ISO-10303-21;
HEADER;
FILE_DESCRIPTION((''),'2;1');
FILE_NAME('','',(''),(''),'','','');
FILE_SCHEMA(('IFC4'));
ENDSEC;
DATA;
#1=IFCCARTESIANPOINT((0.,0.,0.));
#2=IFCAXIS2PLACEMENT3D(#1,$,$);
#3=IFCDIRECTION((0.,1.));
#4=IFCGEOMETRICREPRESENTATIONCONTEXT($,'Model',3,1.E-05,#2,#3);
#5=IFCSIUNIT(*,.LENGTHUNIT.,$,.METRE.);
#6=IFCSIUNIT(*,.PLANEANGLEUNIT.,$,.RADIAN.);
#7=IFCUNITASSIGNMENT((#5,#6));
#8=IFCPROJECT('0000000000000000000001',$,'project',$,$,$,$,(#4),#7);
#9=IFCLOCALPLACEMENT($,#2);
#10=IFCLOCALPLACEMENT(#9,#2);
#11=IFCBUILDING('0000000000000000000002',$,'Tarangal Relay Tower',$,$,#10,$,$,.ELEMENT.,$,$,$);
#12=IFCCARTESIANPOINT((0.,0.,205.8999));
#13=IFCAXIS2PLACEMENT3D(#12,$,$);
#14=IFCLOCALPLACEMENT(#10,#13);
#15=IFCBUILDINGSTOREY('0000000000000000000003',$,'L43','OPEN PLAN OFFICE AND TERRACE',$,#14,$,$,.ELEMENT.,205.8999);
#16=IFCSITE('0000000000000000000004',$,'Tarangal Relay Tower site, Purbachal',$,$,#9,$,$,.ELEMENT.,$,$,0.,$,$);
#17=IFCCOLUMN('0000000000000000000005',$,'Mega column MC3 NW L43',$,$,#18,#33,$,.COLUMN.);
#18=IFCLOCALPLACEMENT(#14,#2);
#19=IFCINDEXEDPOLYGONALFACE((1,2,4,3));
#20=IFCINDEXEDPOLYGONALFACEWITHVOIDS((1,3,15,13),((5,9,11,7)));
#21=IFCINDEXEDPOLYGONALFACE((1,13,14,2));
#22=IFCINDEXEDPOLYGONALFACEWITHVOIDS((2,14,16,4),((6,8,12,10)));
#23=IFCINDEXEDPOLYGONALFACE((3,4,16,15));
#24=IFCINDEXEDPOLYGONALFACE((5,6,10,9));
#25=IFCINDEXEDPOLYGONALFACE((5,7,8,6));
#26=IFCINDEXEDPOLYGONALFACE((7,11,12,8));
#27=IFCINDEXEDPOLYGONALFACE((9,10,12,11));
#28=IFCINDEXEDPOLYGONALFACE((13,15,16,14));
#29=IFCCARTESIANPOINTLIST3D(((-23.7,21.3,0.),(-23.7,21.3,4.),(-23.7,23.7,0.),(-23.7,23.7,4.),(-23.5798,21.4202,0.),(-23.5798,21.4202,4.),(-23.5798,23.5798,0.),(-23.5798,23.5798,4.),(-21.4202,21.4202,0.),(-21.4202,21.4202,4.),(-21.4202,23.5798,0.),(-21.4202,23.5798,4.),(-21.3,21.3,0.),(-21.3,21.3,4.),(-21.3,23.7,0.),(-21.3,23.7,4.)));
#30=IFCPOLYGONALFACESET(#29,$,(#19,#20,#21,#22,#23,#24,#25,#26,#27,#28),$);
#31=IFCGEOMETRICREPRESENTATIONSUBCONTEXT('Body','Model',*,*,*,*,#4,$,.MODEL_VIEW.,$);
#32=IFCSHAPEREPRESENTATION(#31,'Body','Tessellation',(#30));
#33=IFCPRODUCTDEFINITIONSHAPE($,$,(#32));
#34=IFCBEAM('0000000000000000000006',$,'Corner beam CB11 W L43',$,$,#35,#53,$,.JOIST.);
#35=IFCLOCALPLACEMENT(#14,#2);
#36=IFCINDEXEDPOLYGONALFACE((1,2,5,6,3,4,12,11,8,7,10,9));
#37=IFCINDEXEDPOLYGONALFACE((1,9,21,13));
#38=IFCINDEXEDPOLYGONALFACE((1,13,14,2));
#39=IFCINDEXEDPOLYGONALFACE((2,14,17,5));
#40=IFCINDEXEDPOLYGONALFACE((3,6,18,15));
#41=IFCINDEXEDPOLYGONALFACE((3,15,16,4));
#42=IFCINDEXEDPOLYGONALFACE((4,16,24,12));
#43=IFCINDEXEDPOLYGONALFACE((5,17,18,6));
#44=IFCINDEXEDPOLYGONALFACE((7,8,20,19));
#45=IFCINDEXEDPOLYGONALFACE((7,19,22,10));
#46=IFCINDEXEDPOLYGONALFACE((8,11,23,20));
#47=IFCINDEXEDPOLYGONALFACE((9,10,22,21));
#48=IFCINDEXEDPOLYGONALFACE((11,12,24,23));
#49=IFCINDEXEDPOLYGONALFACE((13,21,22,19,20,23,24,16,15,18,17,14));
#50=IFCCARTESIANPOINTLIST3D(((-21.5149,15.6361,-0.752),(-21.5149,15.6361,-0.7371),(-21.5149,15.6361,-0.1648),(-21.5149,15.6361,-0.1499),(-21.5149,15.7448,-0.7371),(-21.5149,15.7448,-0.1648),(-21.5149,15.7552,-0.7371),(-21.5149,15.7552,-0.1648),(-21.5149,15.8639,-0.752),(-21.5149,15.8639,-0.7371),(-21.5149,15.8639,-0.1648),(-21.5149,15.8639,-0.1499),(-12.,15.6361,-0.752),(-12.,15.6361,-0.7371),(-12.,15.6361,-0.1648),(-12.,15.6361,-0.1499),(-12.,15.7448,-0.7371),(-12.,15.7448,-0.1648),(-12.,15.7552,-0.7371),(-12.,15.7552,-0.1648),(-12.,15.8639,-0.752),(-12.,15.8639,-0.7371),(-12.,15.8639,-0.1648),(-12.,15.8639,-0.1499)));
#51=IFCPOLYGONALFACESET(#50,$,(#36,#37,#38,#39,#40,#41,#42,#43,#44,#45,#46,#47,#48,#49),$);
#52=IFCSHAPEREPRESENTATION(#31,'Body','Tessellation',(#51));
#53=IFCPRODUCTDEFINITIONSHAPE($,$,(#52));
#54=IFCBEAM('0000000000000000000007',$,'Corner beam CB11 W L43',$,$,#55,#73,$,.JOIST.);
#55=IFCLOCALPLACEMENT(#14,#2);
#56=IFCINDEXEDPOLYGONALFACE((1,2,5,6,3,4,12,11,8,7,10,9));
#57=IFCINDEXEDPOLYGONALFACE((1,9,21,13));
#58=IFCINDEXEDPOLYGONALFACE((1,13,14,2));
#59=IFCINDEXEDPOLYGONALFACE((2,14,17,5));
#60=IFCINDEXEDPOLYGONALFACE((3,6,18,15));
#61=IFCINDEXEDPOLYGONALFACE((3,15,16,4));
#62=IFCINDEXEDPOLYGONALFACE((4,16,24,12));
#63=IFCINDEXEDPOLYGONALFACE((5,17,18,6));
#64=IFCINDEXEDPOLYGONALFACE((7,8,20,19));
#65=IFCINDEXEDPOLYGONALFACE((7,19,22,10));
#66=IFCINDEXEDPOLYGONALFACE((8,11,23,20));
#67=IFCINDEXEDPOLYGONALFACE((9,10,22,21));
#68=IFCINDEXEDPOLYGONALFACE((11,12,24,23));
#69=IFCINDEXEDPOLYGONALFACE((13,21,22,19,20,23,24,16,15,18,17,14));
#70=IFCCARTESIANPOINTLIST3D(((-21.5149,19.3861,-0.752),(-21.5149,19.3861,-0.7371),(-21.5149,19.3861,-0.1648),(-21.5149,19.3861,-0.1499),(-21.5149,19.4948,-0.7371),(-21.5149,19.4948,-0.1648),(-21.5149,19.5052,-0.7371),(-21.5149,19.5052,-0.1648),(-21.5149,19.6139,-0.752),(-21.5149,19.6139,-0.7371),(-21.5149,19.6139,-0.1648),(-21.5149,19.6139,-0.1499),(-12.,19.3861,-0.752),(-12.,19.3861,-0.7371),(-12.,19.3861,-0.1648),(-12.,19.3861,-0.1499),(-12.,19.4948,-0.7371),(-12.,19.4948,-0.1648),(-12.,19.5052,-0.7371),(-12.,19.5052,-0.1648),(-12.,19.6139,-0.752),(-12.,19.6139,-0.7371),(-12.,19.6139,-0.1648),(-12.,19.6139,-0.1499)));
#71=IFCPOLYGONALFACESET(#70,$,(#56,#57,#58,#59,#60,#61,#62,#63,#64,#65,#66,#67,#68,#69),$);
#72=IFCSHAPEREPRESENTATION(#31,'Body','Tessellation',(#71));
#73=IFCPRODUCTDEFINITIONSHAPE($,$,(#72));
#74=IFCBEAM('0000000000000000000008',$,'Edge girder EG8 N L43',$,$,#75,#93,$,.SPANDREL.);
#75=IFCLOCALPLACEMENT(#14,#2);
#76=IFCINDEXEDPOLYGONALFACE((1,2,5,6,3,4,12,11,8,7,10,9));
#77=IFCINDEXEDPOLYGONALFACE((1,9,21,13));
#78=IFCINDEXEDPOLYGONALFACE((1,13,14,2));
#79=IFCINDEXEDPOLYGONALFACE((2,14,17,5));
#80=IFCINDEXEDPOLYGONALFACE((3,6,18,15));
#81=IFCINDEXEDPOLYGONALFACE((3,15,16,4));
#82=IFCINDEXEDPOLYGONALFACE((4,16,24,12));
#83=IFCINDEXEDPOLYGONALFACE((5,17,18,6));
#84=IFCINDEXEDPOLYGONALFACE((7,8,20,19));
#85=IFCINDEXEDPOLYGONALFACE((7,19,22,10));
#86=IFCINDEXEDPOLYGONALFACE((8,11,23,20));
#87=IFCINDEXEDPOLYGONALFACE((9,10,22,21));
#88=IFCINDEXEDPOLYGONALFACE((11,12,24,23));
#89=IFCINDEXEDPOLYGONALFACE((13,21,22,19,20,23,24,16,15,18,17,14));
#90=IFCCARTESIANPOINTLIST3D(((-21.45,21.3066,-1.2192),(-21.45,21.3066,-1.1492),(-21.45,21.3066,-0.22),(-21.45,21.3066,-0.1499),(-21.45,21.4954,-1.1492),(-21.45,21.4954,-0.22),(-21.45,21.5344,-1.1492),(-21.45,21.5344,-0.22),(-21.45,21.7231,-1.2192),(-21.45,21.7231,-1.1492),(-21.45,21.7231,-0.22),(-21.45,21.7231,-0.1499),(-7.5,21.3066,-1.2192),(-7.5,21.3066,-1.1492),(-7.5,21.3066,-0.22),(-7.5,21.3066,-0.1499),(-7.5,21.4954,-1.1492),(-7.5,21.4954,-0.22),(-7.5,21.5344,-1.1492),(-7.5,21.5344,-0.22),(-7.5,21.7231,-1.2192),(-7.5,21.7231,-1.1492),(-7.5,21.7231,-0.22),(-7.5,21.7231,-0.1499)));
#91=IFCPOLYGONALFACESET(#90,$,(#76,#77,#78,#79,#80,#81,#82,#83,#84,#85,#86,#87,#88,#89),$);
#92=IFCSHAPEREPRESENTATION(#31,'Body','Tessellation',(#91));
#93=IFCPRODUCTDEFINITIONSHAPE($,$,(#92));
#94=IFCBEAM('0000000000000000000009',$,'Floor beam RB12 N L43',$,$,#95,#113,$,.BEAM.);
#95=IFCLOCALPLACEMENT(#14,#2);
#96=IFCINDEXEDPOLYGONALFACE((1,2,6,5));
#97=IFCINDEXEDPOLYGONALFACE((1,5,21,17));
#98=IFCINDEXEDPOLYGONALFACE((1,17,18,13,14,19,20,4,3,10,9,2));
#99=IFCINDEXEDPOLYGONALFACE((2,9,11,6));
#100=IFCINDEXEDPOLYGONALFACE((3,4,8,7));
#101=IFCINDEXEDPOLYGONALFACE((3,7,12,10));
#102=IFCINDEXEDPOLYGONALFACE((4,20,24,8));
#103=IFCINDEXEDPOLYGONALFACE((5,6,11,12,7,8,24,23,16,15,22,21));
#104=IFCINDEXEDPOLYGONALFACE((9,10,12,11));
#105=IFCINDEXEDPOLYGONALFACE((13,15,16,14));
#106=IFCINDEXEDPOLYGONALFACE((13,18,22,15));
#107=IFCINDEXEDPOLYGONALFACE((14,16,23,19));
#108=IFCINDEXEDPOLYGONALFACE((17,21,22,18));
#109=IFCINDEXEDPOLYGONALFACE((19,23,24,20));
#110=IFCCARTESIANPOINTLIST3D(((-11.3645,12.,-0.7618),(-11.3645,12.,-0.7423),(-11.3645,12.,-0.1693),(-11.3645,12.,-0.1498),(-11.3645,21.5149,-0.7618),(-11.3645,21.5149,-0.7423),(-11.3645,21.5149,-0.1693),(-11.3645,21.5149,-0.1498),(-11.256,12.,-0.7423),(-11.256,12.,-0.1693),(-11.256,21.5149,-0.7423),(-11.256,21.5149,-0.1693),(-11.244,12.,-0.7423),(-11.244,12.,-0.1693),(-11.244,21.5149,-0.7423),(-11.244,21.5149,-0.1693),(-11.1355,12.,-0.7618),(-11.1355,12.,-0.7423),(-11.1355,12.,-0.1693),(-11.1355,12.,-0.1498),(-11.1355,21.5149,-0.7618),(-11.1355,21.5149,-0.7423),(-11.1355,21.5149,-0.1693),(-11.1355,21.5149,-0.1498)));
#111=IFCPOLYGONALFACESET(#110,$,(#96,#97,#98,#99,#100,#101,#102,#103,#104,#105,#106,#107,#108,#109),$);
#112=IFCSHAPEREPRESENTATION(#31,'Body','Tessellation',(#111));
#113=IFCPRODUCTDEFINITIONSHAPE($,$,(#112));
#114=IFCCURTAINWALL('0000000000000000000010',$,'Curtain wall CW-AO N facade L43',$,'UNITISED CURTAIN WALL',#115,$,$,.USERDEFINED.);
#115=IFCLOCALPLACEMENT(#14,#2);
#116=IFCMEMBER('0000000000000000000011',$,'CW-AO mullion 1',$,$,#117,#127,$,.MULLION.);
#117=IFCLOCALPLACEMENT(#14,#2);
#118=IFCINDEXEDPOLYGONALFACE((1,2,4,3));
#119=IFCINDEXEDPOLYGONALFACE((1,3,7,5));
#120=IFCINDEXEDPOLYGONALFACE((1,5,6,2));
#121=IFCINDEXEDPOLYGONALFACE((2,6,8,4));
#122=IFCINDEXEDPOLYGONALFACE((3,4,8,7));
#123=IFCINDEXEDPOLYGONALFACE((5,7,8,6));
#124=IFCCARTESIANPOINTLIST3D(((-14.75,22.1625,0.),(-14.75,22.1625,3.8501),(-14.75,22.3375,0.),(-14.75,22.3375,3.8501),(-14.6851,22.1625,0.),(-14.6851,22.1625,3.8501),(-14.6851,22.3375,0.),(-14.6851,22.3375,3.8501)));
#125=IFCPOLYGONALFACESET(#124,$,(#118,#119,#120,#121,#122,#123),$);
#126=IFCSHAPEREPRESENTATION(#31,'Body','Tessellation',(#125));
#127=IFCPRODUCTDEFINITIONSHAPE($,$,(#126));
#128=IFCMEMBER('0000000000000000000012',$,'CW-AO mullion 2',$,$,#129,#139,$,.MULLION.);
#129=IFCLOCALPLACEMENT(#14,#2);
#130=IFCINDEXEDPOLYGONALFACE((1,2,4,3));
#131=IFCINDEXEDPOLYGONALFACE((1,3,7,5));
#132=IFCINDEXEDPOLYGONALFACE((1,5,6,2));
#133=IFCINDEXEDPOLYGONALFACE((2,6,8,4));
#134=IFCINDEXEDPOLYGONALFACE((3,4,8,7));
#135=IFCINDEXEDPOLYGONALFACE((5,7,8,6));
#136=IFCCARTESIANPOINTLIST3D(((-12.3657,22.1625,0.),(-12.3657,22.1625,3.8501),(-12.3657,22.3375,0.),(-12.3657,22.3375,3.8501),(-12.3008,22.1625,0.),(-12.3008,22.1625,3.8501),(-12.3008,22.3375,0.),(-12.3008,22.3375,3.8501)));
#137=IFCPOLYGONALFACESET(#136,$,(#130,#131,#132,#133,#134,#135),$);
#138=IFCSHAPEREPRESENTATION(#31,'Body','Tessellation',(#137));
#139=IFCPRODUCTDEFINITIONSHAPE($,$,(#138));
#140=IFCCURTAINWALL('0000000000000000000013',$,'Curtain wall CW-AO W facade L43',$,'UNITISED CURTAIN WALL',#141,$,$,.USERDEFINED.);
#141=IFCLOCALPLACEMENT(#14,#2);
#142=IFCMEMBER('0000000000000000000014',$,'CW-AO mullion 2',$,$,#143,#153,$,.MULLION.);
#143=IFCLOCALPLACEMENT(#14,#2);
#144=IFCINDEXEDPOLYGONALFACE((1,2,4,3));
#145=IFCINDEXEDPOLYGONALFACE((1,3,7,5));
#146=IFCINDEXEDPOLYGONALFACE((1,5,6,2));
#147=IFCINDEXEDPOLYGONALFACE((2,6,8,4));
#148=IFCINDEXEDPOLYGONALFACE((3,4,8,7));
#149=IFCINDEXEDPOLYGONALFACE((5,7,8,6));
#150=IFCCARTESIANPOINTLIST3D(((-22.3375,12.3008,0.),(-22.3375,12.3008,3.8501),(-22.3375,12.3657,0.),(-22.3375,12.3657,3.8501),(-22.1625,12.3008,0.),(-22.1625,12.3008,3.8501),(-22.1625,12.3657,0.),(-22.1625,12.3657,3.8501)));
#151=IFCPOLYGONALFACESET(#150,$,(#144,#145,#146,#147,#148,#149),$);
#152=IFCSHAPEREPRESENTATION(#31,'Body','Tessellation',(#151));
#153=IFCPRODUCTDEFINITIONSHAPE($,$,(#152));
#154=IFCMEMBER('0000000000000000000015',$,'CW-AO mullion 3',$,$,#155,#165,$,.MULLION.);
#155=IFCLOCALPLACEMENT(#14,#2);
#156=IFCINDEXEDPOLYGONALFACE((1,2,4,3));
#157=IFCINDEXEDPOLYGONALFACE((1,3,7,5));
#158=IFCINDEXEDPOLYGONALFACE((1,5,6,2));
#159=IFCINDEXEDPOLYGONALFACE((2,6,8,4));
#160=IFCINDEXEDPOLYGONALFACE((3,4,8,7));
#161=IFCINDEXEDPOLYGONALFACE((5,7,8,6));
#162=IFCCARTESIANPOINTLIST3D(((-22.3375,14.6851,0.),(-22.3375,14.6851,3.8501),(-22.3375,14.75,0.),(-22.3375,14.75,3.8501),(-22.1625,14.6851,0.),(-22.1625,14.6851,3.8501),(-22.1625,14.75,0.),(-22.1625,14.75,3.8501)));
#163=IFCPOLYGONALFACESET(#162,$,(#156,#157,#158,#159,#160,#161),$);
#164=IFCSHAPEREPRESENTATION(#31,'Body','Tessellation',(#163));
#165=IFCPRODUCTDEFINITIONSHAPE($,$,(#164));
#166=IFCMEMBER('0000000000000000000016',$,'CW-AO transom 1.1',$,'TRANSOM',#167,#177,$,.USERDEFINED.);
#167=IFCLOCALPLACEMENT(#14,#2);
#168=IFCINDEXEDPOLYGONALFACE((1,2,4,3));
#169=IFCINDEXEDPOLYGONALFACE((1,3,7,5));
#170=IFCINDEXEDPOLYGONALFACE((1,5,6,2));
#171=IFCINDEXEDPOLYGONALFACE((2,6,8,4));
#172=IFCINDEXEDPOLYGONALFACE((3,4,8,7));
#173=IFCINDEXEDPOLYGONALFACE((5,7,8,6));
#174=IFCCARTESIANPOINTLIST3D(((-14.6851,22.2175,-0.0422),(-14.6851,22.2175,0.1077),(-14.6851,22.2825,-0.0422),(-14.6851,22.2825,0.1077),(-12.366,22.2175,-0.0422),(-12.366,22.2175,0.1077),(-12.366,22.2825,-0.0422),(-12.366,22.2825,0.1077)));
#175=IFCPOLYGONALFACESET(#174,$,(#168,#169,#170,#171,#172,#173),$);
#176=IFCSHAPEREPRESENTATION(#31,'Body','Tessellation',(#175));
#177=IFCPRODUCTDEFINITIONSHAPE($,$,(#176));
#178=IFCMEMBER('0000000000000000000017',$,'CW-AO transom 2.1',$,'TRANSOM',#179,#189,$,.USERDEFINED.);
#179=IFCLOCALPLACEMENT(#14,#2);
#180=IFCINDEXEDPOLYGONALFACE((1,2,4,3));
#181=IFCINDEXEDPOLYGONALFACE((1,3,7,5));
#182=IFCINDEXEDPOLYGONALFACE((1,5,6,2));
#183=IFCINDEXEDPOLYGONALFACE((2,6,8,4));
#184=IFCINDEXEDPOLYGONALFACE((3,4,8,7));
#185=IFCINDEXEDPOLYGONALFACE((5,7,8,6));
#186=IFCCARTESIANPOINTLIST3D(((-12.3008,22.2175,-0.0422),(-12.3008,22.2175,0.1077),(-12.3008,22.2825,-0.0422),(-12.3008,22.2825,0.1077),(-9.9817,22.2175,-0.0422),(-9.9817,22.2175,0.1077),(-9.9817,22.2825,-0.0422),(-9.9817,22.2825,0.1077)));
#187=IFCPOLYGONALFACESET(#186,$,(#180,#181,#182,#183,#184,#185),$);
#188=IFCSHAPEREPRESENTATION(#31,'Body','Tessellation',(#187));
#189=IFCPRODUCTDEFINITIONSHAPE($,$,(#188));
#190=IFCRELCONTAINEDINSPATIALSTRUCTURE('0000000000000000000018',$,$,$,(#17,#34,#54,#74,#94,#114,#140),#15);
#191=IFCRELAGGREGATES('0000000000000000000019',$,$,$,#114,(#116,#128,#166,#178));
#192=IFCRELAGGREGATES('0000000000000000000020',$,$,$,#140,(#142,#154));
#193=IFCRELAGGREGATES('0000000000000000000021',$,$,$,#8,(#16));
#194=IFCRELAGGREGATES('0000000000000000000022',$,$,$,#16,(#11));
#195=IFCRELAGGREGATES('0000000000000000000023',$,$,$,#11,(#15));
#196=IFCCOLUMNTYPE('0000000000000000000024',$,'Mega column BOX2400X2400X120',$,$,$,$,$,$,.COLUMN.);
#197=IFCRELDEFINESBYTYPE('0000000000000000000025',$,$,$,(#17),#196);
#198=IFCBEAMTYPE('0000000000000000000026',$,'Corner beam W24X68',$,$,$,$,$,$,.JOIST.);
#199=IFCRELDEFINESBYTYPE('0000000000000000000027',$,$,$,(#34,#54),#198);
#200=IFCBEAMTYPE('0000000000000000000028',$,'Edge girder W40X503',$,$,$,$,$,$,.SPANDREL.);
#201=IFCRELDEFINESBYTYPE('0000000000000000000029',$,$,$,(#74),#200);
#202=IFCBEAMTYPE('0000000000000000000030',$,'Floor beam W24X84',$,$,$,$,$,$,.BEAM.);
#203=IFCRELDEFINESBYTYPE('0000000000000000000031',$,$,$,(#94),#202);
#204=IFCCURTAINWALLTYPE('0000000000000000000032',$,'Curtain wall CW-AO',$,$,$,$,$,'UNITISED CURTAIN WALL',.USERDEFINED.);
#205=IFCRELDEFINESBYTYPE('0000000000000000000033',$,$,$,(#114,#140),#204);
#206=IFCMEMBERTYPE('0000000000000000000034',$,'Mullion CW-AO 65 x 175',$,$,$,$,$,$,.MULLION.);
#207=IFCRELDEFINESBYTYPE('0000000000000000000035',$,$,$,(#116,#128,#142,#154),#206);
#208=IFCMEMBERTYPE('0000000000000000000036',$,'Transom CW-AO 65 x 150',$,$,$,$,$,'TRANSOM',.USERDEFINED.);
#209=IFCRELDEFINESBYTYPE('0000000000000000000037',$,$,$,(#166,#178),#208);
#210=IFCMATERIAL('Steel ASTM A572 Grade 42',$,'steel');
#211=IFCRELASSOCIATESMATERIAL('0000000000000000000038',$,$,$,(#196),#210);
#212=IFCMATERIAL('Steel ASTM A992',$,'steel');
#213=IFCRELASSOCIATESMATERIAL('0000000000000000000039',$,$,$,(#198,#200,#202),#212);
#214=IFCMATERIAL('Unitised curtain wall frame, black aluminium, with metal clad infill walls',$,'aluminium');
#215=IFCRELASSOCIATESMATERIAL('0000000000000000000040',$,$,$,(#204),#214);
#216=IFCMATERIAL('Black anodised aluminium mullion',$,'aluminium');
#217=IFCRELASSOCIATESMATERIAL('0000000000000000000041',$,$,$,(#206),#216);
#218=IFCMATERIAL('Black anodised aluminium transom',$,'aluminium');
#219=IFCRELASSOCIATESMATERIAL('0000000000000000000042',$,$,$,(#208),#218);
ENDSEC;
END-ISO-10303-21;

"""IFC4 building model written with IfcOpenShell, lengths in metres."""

from ifc_helpers import new_model, si_unit, direction, frame, origin, origin_2d, place, context, subcontext, project, spatial, rectangle, hollow_rectangle, i_section, extrude, material, material_profile, profile_set, type_object, element, aggregate, save


model = new_model("IFC4")

# Units and contexts
model_context = context("Model", 3, precision=1e-05, world=origin(), true_north=direction((0.0, 1.0)))
body_context = subcontext(model_context, "Body", "Model", "MODEL_VIEW")
ifc_project = project(units=[si_unit("LENGTHUNIT", "METRE"), si_unit("PLANEANGLEUNIT", "RADIAN")], contexts=[model_context])

# Site, building, storey
site_placement = place(None, origin())
site = spatial("IfcSite", under=ifc_project, at=site_placement, Name="Tarangal Relay Tower site, Purbachal", CompositionType="ELEMENT", RefElevation=0.0)
building_placement = place(site_placement, origin())
building = spatial("IfcBuilding", under=site, at=building_placement, Name="Tarangal Relay Tower", CompositionType="ELEMENT")
storey_placement = place(building_placement, frame((0.0, 0.0, 205.8999)))
storey = spatial("IfcBuildingStorey", under=building, at=storey_placement, Name="L43", Description="OPEN PLAN OFFICE AND TERRACE", CompositionType="ELEMENT", Elevation=205.8999)

# Column
ifc_material_1 = material(Name="Steel ASTM A572 Grade 42", Category="steel")
ifc_material_profile_1 = material_profile(ifc_material_1, hollow_rectangle(XDim=2.3999, YDim=2.3999, WallThickness=0.1201, at=origin_2d()), Name="BOX2400X2400X120")
ifc_profile_set_1 = profile_set([ifc_material_profile_1], Name="Steel ASTM A572 Grade 42")
column_type = type_object("IfcColumnType", Name="Mega column BOX2400X2400X120", PredefinedType="COLUMN", material=ifc_profile_set_1)
column_placement = place(storey_placement, frame((-22.5, 22.5, 0.0), z_axis=(0.0, 0.0, 1.0), x_axis=(1.0, 0.0, 0.0)))
element("IfcColumn", 1, at=column_placement, inside=storey, type_object=column_type, Name="Mega column MC3 NW L43", PredefinedType="COLUMN", context=body_context, shape_type="SweptSolid", body=[
    extrude(hollow_rectangle(XDim=2.3999, YDim=2.3999, WallThickness=0.1201, at=origin_2d()), origin(), (0.0, 0.0, 1.0), 4.0),
])

# Beams
ifc_material_2 = material(Name="Steel ASTM A992", Category="steel")
ifc_material_profile_2 = material_profile(ifc_material_2, i_section(OverallWidth=0.2278, OverallDepth=0.6021, WebThickness=0.0105, FlangeThickness=0.0149, at=origin_2d()), Name="W24X68")
ifc_profile_set_2 = profile_set([ifc_material_profile_2], Name="Steel ASTM A992")
beam_type_1 = type_object("IfcBeamType", Name="Corner beam W24X68", PredefinedType="JOIST", material=ifc_profile_set_2)
for number, where, z_axis, x_axis, name in (
    (2, (-12.0, 15.75, -0.4509), (-1.0, 0.0, 0.0), (0.0, -1.0, 0.0), "Corner beam CB11 W L43"),
    (3, (-12.0, 19.5, -0.4509), (-1.0, 0.0, 0.0), (0.0, -1.0, 0.0), "Corner beam CB11 W L43"),
):
    element("IfcBeam", number, at=place(storey_placement, frame(where, z_axis=z_axis, x_axis=x_axis)), inside=storey, type_object=beam_type_1, Name=name, PredefinedType="JOIST", context=body_context, shape_type="SweptSolid", body=[
        extrude(i_section(OverallWidth=0.2278, OverallDepth=0.6021, WebThickness=0.0105, FlangeThickness=0.0149, at=origin_2d()), origin(), (0.0, 0.0, 1.0), 9.5149),
    ])
ifc_material_profile_3 = material_profile(ifc_material_2, i_section(OverallWidth=0.4165, OverallDepth=1.0693, WebThickness=0.0391, FlangeThickness=0.0701, at=origin_2d()), Name="W40X503")
ifc_profile_set_3 = profile_set([ifc_material_profile_3], Name="Steel ASTM A992")
beam_type_2 = type_object("IfcBeamType", Name="Edge girder W40X503", PredefinedType="SPANDREL", material=ifc_profile_set_3)
beam_1_placement = place(storey_placement, frame((-21.45, 21.5149, -0.6846), z_axis=(1.0, 0.0, 0.0), x_axis=(0.0, 1.0, 0.0)))
element("IfcBeam", 4, at=beam_1_placement, inside=storey, type_object=beam_type_2, Name="Edge girder EG8 N L43", PredefinedType="SPANDREL", context=body_context, shape_type="SweptSolid", body=[
    extrude(i_section(OverallWidth=0.4165, OverallDepth=1.0693, WebThickness=0.0391, FlangeThickness=0.0701, at=origin_2d()), origin(), (0.0, 0.0, 1.0), 13.95),
])
ifc_material_profile_4 = material_profile(ifc_material_2, i_section(OverallWidth=0.229, OverallDepth=0.6121, WebThickness=0.012, FlangeThickness=0.0195, at=origin_2d()), Name="W24X84")
ifc_profile_set_4 = profile_set([ifc_material_profile_4], Name="Steel ASTM A992")
beam_type_3 = type_object("IfcBeamType", Name="Floor beam W24X84", PredefinedType="BEAM", material=ifc_profile_set_4)
beam_2_placement = place(storey_placement, frame((-11.25, 12.0, -0.4558), z_axis=(0.0, 1.0, 0.0), x_axis=(-1.0, 0.0, 0.0)))
element("IfcBeam", 5, at=beam_2_placement, inside=storey, type_object=beam_type_3, Name="Floor beam RB12 N L43", PredefinedType="BEAM", context=body_context, shape_type="SweptSolid", body=[
    extrude(i_section(OverallWidth=0.229, OverallDepth=0.6121, WebThickness=0.012, FlangeThickness=0.0195, at=origin_2d()), origin(), (0.0, 0.0, 1.0), 9.5149),
])

# Curtain walls, members
ifc_material_3 = material(Name="Unitised curtain wall frame, black aluminium, with metal clad infill walls", Category="aluminium")
curtain_wall_type = type_object("IfcCurtainWallType", Name="Curtain wall CW-AO", ElementType="UNITISED CURTAIN WALL", PredefinedType="USERDEFINED", material=ifc_material_3)
curtain_wall_1_placement = place(storey_placement, origin())
curtain_wall_1 = element("IfcCurtainWall", 6, at=curtain_wall_1_placement, inside=storey, type_object=curtain_wall_type, Name="Curtain wall CW-AO N facade L43", ObjectType="UNITISED CURTAIN WALL", PredefinedType="USERDEFINED")
ifc_material_4 = material(Name="Black anodised aluminium mullion", Category="aluminium")
ifc_material_profile_5 = material_profile(ifc_material_4, rectangle(XDim=0.175, YDim=0.0649, at=origin_2d()), Name="CW-AOM 65X175")
ifc_profile_set_5 = profile_set([ifc_material_profile_5], Name="Black anodised aluminium mullion")
member_type_1 = type_object("IfcMemberType", Name="Mullion CW-AO 65 x 175", PredefinedType="MULLION", material=ifc_profile_set_5)
member_1_placement = place(storey_placement, frame((-14.7175, 22.25, 0.0), z_axis=(0.0, 0.0, 1.0), x_axis=(0.0, 1.0, 0.0)))
member_1 = element("IfcMember", 7, at=member_1_placement, type_object=member_type_1, Name="CW-AO mullion 1", PredefinedType="MULLION", context=body_context, shape_type="SweptSolid", body=[
    extrude(rectangle(XDim=0.175, YDim=0.0649, at=origin_2d()), origin(), (0.0, 0.0, 1.0), 3.8501),
])
member_2_placement = place(storey_placement, frame((-12.3333, 22.25, 0.0), z_axis=(0.0, 0.0, 1.0), x_axis=(0.0, 1.0, 0.0)))
member_2 = element("IfcMember", 8, at=member_2_placement, type_object=member_type_1, Name="CW-AO mullion 2", PredefinedType="MULLION", context=body_context, shape_type="SweptSolid", body=[
    extrude(rectangle(XDim=0.175, YDim=0.0649, at=origin_2d()), origin(), (0.0, 0.0, 1.0), 3.8501),
])
curtain_wall_2_placement = place(storey_placement, origin())
curtain_wall_2 = element("IfcCurtainWall", 9, at=curtain_wall_2_placement, inside=storey, type_object=curtain_wall_type, Name="Curtain wall CW-AO W facade L43", ObjectType="UNITISED CURTAIN WALL", PredefinedType="USERDEFINED")
member_3_placement = place(storey_placement, frame((-22.25, 12.3333, 0.0), z_axis=(0.0, 0.0, 1.0), x_axis=(-1.0, 0.0, 0.0)))
member_3 = element("IfcMember", 10, at=member_3_placement, type_object=member_type_1, Name="CW-AO mullion 2", PredefinedType="MULLION", context=body_context, shape_type="SweptSolid", body=[
    extrude(rectangle(XDim=0.175, YDim=0.0649, at=origin_2d()), origin(), (0.0, 0.0, 1.0), 3.8501),
])
member_4_placement = place(storey_placement, frame((-22.25, 14.7175, 0.0), z_axis=(0.0, 0.0, 1.0), x_axis=(-1.0, 0.0, 0.0)))
member_4 = element("IfcMember", 11, at=member_4_placement, type_object=member_type_1, Name="CW-AO mullion 3", PredefinedType="MULLION", context=body_context, shape_type="SweptSolid", body=[
    extrude(rectangle(XDim=0.175, YDim=0.0649, at=origin_2d()), origin(), (0.0, 0.0, 1.0), 3.8501),
])

# Members
ifc_material_5 = material(Name="Black anodised aluminium transom", Category="aluminium")
ifc_material_profile_6 = material_profile(ifc_material_5, rectangle(XDim=0.0649, YDim=0.1499, at=origin_2d()), Name="CW-AOT 65X150")
ifc_profile_set_6 = profile_set([ifc_material_profile_6], Name="Black anodised aluminium transom")
member_type_2 = type_object("IfcMemberType", Name="Transom CW-AO 65 x 150", ElementType="TRANSOM", PredefinedType="USERDEFINED", material=ifc_profile_set_6)
member_5_placement = place(storey_placement, frame((-14.6851, 22.25, 0.0327), z_axis=(1.0, 0.0, 0.0), x_axis=(0.0, 1.0, 0.0)))
member_5 = element("IfcMember", 12, at=member_5_placement, type_object=member_type_2, Name="CW-AO transom 1.1", ObjectType="TRANSOM", PredefinedType="USERDEFINED", context=body_context, shape_type="SweptSolid", body=[
    extrude(rectangle(XDim=0.0649, YDim=0.1499, at=origin_2d()), origin(), (0.0, 0.0, 1.0), 2.3191),
])
member_6_placement = place(storey_placement, frame((-12.3008, 22.25, 0.0327), z_axis=(1.0, 0.0, 0.0), x_axis=(0.0, 1.0, 0.0)))
member_6 = element("IfcMember", 13, at=member_6_placement, type_object=member_type_2, Name="CW-AO transom 2.1", ObjectType="TRANSOM", PredefinedType="USERDEFINED", context=body_context, shape_type="SweptSolid", body=[
    extrude(rectangle(XDim=0.0649, YDim=0.1499, at=origin_2d()), origin(), (0.0, 0.0, 1.0), 2.3191),
])
aggregate(curtain_wall_1, [member_1, member_2, member_5, member_6])
aggregate(curtain_wall_2, [member_3, member_4])

save(model, "model.ifc")
